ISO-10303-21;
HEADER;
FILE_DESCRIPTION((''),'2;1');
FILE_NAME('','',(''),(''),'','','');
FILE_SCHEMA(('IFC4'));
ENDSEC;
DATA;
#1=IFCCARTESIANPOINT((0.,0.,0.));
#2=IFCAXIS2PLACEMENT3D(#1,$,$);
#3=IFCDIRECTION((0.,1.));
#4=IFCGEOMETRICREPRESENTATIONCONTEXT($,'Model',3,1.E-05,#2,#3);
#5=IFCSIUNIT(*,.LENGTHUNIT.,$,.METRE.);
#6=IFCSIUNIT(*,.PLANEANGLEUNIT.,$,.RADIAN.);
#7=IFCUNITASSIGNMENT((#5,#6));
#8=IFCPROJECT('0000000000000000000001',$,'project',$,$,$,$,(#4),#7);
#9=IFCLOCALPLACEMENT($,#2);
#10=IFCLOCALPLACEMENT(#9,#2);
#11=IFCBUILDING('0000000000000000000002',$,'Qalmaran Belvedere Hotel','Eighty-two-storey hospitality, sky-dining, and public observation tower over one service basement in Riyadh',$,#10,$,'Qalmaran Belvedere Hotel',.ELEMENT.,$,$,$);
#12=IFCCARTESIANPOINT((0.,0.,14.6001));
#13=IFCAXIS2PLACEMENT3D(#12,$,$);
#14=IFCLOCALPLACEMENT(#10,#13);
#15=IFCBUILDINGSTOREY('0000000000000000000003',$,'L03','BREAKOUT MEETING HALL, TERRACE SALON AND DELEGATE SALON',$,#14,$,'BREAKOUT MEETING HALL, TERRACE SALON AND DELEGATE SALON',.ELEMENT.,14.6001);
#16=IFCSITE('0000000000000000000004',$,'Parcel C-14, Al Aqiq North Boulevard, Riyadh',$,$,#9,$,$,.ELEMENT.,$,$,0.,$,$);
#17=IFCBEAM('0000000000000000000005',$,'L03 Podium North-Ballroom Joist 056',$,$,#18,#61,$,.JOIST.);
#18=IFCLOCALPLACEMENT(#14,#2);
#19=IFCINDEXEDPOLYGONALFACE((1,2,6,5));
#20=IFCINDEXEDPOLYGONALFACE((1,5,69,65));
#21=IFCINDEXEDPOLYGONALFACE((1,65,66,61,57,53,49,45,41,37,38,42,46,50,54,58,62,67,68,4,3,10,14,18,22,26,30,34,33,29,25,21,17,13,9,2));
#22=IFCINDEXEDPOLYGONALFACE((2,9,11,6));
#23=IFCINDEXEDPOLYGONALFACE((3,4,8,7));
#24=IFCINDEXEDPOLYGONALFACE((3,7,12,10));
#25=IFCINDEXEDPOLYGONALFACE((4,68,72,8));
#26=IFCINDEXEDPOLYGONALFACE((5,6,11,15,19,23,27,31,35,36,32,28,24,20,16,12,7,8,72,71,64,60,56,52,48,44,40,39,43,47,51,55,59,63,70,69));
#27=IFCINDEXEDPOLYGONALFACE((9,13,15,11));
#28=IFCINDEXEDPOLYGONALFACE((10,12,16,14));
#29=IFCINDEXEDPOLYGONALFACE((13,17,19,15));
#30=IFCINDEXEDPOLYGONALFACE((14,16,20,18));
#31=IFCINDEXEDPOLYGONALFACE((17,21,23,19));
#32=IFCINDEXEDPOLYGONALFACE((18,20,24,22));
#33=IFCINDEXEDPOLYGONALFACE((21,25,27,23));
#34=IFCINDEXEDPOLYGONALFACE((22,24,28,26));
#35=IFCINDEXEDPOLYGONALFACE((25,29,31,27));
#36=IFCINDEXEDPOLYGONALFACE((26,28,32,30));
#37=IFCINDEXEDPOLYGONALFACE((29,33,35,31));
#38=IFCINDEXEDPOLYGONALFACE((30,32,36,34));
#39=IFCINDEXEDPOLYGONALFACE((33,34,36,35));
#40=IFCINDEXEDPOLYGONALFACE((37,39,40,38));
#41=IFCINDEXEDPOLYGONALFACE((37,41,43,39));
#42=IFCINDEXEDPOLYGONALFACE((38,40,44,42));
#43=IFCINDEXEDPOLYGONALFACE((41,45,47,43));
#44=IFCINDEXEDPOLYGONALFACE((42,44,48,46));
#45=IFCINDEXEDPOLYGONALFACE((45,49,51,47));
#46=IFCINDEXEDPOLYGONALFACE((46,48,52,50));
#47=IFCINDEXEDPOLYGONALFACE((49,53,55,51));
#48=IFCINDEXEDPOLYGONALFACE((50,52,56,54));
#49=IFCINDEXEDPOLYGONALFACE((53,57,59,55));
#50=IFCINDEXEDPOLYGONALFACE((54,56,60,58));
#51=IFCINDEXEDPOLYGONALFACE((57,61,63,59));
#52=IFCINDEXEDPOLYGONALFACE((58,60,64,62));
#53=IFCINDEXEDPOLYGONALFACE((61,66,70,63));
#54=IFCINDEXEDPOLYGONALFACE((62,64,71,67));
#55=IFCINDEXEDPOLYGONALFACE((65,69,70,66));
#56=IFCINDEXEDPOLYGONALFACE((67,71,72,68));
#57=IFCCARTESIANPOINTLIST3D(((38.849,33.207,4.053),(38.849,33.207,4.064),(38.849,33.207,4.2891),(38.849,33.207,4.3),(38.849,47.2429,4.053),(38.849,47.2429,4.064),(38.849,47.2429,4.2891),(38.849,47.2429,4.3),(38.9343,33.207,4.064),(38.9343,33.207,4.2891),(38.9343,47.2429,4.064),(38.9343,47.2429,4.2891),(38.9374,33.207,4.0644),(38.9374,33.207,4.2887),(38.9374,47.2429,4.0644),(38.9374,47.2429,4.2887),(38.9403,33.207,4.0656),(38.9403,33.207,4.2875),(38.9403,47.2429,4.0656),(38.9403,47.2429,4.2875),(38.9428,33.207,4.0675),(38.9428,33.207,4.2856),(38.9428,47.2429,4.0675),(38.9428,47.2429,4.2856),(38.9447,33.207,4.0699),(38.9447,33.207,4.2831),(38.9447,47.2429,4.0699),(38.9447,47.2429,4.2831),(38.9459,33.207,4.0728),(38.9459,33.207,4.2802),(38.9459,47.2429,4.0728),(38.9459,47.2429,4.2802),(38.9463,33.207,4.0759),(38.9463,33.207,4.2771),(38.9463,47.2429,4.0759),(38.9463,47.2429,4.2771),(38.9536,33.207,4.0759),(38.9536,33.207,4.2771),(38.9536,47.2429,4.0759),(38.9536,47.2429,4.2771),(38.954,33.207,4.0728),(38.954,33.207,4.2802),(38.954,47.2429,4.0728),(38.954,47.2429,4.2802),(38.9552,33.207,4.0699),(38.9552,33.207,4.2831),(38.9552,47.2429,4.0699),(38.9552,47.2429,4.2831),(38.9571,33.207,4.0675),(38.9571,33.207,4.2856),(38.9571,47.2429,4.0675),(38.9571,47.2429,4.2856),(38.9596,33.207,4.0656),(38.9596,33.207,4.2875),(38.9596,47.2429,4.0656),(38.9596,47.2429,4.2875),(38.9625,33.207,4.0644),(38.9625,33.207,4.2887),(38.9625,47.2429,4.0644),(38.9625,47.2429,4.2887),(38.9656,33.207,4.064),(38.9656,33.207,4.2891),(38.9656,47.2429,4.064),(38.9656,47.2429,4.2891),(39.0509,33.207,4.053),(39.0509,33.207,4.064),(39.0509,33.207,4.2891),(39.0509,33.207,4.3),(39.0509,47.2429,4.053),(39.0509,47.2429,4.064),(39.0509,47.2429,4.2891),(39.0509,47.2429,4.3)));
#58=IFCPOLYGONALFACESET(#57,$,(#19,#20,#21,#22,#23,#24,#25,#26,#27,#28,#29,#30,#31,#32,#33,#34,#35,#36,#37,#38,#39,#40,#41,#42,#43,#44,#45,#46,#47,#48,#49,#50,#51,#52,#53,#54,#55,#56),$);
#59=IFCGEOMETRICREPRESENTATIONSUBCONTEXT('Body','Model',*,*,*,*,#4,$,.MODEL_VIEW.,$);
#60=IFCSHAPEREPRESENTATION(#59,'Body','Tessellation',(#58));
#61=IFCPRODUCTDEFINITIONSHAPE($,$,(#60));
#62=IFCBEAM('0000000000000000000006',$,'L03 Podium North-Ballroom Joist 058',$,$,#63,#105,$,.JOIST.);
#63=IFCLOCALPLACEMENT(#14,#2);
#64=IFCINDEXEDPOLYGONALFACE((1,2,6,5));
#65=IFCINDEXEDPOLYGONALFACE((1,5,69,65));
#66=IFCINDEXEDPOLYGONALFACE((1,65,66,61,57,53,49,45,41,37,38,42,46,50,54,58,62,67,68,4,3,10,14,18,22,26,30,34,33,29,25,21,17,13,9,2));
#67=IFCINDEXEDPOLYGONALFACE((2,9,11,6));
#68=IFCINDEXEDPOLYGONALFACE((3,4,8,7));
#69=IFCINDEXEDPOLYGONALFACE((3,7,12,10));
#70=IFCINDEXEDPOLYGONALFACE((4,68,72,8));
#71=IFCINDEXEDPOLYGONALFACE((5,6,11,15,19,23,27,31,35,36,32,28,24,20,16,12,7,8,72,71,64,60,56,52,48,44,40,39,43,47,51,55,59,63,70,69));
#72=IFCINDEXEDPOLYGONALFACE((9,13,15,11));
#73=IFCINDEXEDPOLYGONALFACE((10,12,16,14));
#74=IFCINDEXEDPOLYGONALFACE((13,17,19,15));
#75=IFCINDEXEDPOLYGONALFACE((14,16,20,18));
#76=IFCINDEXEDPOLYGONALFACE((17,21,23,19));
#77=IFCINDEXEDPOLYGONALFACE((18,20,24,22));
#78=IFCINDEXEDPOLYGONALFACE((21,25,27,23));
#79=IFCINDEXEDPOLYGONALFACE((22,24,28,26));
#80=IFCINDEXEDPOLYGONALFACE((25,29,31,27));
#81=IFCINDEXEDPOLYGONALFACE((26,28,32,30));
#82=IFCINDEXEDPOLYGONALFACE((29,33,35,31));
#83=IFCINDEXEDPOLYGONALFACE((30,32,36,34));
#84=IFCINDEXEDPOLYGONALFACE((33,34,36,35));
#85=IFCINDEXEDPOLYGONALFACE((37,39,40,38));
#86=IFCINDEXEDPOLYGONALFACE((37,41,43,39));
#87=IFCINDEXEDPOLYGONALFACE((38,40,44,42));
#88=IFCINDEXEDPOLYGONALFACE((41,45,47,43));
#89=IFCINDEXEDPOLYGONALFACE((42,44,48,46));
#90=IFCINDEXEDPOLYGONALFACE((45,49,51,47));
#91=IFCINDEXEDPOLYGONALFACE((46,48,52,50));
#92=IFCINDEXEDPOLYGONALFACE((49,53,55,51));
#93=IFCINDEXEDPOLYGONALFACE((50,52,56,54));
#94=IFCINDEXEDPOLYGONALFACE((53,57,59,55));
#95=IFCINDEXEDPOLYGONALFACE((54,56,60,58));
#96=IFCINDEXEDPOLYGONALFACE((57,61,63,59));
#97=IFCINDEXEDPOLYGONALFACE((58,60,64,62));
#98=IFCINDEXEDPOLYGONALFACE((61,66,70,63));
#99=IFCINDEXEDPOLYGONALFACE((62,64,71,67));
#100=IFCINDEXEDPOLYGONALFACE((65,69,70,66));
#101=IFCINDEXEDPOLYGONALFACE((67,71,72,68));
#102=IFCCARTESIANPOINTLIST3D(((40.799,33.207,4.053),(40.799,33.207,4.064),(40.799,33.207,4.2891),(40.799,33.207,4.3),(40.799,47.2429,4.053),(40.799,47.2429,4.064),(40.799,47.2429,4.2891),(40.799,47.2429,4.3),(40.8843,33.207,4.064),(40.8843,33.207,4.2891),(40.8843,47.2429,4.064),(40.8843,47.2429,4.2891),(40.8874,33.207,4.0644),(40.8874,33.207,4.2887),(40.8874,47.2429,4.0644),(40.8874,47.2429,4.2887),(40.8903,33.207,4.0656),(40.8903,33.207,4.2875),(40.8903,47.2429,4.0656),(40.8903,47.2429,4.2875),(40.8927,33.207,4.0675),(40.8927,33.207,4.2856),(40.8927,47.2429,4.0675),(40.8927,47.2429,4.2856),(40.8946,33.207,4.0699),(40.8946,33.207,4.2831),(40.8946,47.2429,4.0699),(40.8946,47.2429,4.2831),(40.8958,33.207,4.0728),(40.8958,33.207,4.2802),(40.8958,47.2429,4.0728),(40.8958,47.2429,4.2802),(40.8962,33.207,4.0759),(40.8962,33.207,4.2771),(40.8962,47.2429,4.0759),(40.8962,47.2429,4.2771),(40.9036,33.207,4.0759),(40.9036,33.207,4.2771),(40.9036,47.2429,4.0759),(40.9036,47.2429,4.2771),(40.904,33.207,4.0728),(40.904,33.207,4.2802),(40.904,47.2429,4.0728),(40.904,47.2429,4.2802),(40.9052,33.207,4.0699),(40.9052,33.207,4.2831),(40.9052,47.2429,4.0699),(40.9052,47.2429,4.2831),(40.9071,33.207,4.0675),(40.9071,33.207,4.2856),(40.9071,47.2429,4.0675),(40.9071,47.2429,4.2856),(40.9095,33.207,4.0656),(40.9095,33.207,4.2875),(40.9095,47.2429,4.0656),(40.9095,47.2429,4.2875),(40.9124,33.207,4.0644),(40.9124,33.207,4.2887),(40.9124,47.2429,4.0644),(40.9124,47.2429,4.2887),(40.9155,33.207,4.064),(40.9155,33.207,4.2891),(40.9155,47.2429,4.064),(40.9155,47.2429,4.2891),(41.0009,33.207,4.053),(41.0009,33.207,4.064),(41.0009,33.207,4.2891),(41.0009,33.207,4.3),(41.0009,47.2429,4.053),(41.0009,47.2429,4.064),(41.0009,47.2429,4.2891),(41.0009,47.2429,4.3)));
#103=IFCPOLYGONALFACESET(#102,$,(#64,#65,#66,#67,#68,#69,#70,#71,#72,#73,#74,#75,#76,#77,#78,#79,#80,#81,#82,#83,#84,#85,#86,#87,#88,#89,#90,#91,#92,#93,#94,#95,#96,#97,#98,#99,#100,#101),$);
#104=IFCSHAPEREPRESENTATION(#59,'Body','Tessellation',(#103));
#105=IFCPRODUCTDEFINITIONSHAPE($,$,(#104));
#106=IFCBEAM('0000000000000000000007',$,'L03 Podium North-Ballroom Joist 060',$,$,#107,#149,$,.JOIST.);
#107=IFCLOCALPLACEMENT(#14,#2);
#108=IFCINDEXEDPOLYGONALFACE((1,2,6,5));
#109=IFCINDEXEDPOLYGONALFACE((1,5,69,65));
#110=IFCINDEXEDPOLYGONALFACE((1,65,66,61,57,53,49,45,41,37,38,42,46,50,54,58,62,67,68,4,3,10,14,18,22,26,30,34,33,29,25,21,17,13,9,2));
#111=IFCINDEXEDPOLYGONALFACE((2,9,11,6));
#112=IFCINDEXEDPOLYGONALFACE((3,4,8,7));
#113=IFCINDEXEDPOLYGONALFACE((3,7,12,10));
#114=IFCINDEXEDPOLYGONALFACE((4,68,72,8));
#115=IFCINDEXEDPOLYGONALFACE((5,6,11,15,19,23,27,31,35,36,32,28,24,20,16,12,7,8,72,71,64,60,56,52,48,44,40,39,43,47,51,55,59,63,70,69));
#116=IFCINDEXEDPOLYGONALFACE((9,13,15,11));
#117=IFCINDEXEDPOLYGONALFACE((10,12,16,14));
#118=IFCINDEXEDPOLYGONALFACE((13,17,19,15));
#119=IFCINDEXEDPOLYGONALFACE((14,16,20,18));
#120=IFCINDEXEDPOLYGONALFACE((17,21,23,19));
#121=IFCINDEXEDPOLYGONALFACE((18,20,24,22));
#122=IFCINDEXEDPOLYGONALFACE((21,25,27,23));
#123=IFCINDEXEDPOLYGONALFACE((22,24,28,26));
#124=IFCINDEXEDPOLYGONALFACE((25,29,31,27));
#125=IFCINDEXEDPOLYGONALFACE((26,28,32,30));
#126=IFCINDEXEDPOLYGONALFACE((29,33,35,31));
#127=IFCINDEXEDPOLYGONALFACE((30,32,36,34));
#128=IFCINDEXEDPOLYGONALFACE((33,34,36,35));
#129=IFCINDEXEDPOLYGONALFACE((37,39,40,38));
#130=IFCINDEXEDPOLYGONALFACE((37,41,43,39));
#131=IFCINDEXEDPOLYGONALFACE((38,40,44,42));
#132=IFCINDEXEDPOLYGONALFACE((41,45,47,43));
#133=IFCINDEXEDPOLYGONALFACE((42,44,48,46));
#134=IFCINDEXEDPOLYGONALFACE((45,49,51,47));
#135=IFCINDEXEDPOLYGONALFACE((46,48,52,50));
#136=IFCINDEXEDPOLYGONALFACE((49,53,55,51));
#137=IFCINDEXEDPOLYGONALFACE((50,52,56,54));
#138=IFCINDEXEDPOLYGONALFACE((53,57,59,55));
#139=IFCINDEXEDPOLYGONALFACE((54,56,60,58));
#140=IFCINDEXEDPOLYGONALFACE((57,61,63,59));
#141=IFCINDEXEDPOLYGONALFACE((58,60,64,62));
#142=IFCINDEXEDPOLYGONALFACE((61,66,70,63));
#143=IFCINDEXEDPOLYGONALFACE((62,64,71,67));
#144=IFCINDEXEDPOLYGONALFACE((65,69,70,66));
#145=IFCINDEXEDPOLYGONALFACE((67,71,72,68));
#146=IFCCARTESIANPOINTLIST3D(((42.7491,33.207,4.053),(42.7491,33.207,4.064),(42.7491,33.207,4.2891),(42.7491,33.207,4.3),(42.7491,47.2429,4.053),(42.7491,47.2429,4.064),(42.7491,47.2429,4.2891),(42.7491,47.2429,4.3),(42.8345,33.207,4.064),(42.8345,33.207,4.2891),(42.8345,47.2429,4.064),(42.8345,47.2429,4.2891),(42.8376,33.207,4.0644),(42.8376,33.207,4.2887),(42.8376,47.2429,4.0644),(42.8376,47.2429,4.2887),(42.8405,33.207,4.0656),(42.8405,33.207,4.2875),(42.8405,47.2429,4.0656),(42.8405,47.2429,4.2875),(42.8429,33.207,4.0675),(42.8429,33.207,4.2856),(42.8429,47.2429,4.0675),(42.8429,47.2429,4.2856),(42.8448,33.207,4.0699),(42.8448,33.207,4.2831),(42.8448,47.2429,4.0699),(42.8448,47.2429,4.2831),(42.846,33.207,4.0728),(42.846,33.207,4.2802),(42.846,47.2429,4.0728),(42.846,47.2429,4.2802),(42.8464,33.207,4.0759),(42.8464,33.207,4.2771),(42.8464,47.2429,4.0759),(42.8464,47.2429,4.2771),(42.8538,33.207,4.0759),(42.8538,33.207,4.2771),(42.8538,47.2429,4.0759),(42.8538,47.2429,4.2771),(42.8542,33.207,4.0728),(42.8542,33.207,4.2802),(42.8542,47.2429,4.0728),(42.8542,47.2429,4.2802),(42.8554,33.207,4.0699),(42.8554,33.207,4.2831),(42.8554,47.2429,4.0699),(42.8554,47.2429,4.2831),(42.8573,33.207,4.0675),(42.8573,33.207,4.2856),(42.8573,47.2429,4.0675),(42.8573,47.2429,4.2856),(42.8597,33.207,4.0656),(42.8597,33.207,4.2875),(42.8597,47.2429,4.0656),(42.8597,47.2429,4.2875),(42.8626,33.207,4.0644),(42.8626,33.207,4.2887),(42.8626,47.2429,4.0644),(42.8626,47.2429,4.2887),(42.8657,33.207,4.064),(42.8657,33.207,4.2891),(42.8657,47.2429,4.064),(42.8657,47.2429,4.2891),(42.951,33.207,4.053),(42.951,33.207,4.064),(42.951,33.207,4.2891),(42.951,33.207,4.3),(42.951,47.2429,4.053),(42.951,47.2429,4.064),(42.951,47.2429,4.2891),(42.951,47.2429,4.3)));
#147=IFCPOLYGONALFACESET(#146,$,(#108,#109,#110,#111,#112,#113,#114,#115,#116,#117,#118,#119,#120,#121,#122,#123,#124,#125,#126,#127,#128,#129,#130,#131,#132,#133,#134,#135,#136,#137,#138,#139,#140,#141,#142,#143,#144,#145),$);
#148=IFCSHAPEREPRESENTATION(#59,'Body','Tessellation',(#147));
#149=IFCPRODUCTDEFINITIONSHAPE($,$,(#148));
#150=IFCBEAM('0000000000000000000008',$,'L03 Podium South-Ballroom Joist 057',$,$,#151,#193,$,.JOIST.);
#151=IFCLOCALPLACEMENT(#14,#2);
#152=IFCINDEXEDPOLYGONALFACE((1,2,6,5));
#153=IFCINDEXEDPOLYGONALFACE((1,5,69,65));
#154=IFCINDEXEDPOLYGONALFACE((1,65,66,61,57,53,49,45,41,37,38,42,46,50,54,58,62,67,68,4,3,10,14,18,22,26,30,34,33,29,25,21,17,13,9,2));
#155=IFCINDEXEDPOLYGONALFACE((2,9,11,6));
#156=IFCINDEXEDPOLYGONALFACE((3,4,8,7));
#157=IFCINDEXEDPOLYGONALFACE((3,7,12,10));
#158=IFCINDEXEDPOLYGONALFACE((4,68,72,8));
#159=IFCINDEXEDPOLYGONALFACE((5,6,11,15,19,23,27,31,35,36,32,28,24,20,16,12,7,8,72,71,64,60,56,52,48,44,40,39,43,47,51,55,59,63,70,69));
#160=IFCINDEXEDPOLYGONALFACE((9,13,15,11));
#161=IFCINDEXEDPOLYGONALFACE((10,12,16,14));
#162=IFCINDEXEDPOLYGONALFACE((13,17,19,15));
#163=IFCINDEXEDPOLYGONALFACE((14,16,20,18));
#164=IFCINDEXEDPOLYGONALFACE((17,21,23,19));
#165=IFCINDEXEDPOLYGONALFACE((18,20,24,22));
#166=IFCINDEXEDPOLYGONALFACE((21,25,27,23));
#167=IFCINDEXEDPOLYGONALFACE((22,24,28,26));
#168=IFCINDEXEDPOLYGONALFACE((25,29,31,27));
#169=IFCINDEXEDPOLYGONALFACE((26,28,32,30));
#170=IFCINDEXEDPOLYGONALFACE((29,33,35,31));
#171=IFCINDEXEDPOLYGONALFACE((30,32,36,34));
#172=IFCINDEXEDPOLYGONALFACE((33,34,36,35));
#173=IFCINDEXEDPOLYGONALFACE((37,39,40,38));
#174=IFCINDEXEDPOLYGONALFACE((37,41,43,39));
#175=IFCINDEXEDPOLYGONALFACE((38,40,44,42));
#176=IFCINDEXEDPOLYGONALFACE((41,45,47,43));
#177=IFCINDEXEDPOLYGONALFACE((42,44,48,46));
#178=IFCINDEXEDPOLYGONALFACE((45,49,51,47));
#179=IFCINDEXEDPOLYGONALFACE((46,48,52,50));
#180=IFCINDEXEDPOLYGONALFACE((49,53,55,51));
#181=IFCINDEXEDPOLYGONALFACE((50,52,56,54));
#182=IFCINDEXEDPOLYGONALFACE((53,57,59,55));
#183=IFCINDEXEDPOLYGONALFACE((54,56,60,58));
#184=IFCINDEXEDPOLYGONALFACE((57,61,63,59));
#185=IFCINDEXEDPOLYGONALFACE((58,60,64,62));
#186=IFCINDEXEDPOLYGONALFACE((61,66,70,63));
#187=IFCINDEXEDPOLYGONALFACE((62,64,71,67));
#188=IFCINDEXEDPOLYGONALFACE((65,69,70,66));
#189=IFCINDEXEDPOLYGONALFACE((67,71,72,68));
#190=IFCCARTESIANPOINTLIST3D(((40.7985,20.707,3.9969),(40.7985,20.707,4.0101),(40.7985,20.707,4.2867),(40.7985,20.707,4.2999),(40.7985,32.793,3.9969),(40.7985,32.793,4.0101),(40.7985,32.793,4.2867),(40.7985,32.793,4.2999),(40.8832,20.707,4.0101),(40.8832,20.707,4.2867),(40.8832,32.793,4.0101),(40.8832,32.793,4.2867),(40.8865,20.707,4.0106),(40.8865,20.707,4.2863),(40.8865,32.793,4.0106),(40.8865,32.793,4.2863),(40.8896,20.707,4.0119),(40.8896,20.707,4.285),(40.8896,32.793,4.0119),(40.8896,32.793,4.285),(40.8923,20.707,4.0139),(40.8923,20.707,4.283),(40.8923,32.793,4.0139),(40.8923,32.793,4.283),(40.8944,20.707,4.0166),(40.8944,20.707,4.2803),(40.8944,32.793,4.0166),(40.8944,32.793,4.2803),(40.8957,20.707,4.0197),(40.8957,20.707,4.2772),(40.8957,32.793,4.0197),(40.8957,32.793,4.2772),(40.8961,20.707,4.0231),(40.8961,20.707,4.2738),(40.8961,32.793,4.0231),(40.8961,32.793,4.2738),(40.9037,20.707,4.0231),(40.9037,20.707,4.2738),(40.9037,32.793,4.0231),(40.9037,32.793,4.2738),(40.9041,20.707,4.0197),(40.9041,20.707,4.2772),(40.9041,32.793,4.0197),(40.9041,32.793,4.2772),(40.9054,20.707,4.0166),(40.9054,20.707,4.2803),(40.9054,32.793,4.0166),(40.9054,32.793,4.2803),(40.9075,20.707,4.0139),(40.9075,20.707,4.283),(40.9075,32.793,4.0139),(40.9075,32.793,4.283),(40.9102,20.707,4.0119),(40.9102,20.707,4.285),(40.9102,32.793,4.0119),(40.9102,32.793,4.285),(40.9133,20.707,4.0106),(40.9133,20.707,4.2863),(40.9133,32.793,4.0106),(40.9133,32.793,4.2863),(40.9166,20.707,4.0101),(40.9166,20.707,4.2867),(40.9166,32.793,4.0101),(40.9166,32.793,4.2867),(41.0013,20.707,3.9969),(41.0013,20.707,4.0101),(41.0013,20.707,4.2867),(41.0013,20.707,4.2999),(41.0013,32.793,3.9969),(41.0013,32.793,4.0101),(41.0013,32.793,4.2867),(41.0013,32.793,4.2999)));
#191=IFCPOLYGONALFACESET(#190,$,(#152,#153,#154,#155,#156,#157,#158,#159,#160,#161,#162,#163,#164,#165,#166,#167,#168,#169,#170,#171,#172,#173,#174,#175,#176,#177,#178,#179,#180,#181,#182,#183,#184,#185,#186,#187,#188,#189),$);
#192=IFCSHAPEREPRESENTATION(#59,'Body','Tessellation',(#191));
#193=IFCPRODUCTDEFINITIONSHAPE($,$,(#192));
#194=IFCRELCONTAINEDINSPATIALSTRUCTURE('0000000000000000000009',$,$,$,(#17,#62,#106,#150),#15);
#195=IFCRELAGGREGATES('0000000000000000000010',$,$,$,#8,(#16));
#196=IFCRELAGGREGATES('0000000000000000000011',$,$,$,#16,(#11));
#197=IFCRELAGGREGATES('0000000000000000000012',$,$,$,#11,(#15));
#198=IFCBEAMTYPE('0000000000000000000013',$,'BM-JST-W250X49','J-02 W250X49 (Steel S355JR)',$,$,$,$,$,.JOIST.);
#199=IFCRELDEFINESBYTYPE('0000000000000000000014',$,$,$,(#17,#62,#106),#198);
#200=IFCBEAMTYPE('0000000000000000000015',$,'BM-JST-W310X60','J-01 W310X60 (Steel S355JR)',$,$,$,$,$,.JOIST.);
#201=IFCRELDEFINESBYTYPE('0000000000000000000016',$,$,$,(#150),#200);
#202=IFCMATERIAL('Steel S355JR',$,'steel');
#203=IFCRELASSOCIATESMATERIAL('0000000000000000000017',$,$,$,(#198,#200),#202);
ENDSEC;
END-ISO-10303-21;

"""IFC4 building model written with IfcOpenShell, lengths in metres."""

from ifc_helpers import new_model, si_unit, direction, frame, origin, origin_2d, place, context, subcontext, project, spatial, i_section, extrude, material, material_profile, profile_set, type_object, element, save


model = new_model("IFC4")

# Units and contexts
model_context = context("Model", 3, precision=1e-05, world=origin(), true_north=direction((0.0, 1.0)))
body_context = subcontext(model_context, "Body", "Model", "MODEL_VIEW")
ifc_project = project(units=[si_unit("LENGTHUNIT", "METRE"), si_unit("PLANEANGLEUNIT", "RADIAN")], contexts=[model_context])

# Site, building, storey
site_placement = place(None, origin())
site = spatial("IfcSite", under=ifc_project, at=site_placement, Name="Parcel C-14, Al Aqiq North Boulevard, Riyadh", CompositionType="ELEMENT", RefElevation=0.0)
building_placement = place(site_placement, origin())
building = spatial("IfcBuilding", under=site, at=building_placement, Name="Qalmaran Belvedere Hotel", Description="Eighty-two-storey hospitality, sky-dining, and public observation tower over one service basement in Riyadh", LongName="Qalmaran Belvedere Hotel", CompositionType="ELEMENT")
storey_placement = place(building_placement, frame((0.0, 0.0, 14.6001)))
storey = spatial("IfcBuildingStorey", under=building, at=storey_placement, Name="L03", Description="BREAKOUT MEETING HALL, TERRACE SALON AND DELEGATE SALON", LongName="BREAKOUT MEETING HALL, TERRACE SALON AND DELEGATE SALON", CompositionType="ELEMENT", Elevation=14.6001)

# Beams
ifc_material_1 = material(Name="Steel S355JR", Category="steel")
ifc_material_profile_1 = material_profile(ifc_material_1, i_section(OverallWidth=0.2019, OverallDepth=0.2471, WebThickness=0.0073, FlangeThickness=0.011, FilletRadius=0.012, at=origin_2d()), Name="W250X49")
ifc_profile_set_1 = profile_set([ifc_material_profile_1], Name="Steel S355JR")
beam_type_1 = type_object("IfcBeamType", Name="BM-JST-W250X49", Description="J-02 W250X49 (Steel S355JR)", PredefinedType="JOIST", material=ifc_profile_set_1)
for number, where, z_axis, x_axis, name in (
    (1, (38.95, 33.207, 4.1765), (0.0, 1.0, 0.0), (-1.0, 0.0, 0.0), "L03 Podium North-Ballroom Joist 056"),
    (2, (40.8999, 33.207, 4.1765), (0.0, 1.0, 0.0), (-1.0, 0.0, 0.0), "L03 Podium North-Ballroom Joist 058"),
    (3, (42.8501, 33.207, 4.1765), (0.0, 1.0, 0.0), (-1.0, 0.0, 0.0), "L03 Podium North-Ballroom Joist 060"),
):
    element("IfcBeam", number, at=place(storey_placement, frame(where, z_axis=z_axis, x_axis=x_axis)), inside=storey, type_object=beam_type_1, Name=name, PredefinedType="JOIST", context=body_context, shape_type="SweptSolid", body=[
        extrude(i_section(OverallWidth=0.2019, OverallDepth=0.2471, WebThickness=0.0073, FlangeThickness=0.011, FilletRadius=0.012, at=origin_2d()), origin(), (0.0, 0.0, 1.0), 14.0359),
    ])
ifc_material_profile_2 = material_profile(ifc_material_1, i_section(OverallWidth=0.2029, OverallDepth=0.303, WebThickness=0.0076, FlangeThickness=0.0132, FilletRadius=0.0129, at=origin_2d()), Name="W310X60")
ifc_profile_set_2 = profile_set([ifc_material_profile_2], Name="Steel S355JR")
beam_type_2 = type_object("IfcBeamType", Name="BM-JST-W310X60", Description="J-01 W310X60 (Steel S355JR)", PredefinedType="JOIST", material=ifc_profile_set_2)
for number, where, z_axis, x_axis, name in (
    (4, (40.8999, 20.707, 4.1484), (0.0, 1.0, 0.0), (-1.0, 0.0, 0.0), "L03 Podium South-Ballroom Joist 057"),
):
    element("IfcBeam", number, at=place(storey_placement, frame(where, z_axis=z_axis, x_axis=x_axis)), inside=storey, type_object=beam_type_2, Name=name, PredefinedType="JOIST", context=body_context, shape_type="SweptSolid", body=[
        extrude(i_section(OverallWidth=0.2029, OverallDepth=0.303, WebThickness=0.0076, FlangeThickness=0.0132, FilletRadius=0.0129, at=origin_2d()), origin(), (0.0, 0.0, 1.0), 12.0859),
    ])

save(model, "model.ifc")
